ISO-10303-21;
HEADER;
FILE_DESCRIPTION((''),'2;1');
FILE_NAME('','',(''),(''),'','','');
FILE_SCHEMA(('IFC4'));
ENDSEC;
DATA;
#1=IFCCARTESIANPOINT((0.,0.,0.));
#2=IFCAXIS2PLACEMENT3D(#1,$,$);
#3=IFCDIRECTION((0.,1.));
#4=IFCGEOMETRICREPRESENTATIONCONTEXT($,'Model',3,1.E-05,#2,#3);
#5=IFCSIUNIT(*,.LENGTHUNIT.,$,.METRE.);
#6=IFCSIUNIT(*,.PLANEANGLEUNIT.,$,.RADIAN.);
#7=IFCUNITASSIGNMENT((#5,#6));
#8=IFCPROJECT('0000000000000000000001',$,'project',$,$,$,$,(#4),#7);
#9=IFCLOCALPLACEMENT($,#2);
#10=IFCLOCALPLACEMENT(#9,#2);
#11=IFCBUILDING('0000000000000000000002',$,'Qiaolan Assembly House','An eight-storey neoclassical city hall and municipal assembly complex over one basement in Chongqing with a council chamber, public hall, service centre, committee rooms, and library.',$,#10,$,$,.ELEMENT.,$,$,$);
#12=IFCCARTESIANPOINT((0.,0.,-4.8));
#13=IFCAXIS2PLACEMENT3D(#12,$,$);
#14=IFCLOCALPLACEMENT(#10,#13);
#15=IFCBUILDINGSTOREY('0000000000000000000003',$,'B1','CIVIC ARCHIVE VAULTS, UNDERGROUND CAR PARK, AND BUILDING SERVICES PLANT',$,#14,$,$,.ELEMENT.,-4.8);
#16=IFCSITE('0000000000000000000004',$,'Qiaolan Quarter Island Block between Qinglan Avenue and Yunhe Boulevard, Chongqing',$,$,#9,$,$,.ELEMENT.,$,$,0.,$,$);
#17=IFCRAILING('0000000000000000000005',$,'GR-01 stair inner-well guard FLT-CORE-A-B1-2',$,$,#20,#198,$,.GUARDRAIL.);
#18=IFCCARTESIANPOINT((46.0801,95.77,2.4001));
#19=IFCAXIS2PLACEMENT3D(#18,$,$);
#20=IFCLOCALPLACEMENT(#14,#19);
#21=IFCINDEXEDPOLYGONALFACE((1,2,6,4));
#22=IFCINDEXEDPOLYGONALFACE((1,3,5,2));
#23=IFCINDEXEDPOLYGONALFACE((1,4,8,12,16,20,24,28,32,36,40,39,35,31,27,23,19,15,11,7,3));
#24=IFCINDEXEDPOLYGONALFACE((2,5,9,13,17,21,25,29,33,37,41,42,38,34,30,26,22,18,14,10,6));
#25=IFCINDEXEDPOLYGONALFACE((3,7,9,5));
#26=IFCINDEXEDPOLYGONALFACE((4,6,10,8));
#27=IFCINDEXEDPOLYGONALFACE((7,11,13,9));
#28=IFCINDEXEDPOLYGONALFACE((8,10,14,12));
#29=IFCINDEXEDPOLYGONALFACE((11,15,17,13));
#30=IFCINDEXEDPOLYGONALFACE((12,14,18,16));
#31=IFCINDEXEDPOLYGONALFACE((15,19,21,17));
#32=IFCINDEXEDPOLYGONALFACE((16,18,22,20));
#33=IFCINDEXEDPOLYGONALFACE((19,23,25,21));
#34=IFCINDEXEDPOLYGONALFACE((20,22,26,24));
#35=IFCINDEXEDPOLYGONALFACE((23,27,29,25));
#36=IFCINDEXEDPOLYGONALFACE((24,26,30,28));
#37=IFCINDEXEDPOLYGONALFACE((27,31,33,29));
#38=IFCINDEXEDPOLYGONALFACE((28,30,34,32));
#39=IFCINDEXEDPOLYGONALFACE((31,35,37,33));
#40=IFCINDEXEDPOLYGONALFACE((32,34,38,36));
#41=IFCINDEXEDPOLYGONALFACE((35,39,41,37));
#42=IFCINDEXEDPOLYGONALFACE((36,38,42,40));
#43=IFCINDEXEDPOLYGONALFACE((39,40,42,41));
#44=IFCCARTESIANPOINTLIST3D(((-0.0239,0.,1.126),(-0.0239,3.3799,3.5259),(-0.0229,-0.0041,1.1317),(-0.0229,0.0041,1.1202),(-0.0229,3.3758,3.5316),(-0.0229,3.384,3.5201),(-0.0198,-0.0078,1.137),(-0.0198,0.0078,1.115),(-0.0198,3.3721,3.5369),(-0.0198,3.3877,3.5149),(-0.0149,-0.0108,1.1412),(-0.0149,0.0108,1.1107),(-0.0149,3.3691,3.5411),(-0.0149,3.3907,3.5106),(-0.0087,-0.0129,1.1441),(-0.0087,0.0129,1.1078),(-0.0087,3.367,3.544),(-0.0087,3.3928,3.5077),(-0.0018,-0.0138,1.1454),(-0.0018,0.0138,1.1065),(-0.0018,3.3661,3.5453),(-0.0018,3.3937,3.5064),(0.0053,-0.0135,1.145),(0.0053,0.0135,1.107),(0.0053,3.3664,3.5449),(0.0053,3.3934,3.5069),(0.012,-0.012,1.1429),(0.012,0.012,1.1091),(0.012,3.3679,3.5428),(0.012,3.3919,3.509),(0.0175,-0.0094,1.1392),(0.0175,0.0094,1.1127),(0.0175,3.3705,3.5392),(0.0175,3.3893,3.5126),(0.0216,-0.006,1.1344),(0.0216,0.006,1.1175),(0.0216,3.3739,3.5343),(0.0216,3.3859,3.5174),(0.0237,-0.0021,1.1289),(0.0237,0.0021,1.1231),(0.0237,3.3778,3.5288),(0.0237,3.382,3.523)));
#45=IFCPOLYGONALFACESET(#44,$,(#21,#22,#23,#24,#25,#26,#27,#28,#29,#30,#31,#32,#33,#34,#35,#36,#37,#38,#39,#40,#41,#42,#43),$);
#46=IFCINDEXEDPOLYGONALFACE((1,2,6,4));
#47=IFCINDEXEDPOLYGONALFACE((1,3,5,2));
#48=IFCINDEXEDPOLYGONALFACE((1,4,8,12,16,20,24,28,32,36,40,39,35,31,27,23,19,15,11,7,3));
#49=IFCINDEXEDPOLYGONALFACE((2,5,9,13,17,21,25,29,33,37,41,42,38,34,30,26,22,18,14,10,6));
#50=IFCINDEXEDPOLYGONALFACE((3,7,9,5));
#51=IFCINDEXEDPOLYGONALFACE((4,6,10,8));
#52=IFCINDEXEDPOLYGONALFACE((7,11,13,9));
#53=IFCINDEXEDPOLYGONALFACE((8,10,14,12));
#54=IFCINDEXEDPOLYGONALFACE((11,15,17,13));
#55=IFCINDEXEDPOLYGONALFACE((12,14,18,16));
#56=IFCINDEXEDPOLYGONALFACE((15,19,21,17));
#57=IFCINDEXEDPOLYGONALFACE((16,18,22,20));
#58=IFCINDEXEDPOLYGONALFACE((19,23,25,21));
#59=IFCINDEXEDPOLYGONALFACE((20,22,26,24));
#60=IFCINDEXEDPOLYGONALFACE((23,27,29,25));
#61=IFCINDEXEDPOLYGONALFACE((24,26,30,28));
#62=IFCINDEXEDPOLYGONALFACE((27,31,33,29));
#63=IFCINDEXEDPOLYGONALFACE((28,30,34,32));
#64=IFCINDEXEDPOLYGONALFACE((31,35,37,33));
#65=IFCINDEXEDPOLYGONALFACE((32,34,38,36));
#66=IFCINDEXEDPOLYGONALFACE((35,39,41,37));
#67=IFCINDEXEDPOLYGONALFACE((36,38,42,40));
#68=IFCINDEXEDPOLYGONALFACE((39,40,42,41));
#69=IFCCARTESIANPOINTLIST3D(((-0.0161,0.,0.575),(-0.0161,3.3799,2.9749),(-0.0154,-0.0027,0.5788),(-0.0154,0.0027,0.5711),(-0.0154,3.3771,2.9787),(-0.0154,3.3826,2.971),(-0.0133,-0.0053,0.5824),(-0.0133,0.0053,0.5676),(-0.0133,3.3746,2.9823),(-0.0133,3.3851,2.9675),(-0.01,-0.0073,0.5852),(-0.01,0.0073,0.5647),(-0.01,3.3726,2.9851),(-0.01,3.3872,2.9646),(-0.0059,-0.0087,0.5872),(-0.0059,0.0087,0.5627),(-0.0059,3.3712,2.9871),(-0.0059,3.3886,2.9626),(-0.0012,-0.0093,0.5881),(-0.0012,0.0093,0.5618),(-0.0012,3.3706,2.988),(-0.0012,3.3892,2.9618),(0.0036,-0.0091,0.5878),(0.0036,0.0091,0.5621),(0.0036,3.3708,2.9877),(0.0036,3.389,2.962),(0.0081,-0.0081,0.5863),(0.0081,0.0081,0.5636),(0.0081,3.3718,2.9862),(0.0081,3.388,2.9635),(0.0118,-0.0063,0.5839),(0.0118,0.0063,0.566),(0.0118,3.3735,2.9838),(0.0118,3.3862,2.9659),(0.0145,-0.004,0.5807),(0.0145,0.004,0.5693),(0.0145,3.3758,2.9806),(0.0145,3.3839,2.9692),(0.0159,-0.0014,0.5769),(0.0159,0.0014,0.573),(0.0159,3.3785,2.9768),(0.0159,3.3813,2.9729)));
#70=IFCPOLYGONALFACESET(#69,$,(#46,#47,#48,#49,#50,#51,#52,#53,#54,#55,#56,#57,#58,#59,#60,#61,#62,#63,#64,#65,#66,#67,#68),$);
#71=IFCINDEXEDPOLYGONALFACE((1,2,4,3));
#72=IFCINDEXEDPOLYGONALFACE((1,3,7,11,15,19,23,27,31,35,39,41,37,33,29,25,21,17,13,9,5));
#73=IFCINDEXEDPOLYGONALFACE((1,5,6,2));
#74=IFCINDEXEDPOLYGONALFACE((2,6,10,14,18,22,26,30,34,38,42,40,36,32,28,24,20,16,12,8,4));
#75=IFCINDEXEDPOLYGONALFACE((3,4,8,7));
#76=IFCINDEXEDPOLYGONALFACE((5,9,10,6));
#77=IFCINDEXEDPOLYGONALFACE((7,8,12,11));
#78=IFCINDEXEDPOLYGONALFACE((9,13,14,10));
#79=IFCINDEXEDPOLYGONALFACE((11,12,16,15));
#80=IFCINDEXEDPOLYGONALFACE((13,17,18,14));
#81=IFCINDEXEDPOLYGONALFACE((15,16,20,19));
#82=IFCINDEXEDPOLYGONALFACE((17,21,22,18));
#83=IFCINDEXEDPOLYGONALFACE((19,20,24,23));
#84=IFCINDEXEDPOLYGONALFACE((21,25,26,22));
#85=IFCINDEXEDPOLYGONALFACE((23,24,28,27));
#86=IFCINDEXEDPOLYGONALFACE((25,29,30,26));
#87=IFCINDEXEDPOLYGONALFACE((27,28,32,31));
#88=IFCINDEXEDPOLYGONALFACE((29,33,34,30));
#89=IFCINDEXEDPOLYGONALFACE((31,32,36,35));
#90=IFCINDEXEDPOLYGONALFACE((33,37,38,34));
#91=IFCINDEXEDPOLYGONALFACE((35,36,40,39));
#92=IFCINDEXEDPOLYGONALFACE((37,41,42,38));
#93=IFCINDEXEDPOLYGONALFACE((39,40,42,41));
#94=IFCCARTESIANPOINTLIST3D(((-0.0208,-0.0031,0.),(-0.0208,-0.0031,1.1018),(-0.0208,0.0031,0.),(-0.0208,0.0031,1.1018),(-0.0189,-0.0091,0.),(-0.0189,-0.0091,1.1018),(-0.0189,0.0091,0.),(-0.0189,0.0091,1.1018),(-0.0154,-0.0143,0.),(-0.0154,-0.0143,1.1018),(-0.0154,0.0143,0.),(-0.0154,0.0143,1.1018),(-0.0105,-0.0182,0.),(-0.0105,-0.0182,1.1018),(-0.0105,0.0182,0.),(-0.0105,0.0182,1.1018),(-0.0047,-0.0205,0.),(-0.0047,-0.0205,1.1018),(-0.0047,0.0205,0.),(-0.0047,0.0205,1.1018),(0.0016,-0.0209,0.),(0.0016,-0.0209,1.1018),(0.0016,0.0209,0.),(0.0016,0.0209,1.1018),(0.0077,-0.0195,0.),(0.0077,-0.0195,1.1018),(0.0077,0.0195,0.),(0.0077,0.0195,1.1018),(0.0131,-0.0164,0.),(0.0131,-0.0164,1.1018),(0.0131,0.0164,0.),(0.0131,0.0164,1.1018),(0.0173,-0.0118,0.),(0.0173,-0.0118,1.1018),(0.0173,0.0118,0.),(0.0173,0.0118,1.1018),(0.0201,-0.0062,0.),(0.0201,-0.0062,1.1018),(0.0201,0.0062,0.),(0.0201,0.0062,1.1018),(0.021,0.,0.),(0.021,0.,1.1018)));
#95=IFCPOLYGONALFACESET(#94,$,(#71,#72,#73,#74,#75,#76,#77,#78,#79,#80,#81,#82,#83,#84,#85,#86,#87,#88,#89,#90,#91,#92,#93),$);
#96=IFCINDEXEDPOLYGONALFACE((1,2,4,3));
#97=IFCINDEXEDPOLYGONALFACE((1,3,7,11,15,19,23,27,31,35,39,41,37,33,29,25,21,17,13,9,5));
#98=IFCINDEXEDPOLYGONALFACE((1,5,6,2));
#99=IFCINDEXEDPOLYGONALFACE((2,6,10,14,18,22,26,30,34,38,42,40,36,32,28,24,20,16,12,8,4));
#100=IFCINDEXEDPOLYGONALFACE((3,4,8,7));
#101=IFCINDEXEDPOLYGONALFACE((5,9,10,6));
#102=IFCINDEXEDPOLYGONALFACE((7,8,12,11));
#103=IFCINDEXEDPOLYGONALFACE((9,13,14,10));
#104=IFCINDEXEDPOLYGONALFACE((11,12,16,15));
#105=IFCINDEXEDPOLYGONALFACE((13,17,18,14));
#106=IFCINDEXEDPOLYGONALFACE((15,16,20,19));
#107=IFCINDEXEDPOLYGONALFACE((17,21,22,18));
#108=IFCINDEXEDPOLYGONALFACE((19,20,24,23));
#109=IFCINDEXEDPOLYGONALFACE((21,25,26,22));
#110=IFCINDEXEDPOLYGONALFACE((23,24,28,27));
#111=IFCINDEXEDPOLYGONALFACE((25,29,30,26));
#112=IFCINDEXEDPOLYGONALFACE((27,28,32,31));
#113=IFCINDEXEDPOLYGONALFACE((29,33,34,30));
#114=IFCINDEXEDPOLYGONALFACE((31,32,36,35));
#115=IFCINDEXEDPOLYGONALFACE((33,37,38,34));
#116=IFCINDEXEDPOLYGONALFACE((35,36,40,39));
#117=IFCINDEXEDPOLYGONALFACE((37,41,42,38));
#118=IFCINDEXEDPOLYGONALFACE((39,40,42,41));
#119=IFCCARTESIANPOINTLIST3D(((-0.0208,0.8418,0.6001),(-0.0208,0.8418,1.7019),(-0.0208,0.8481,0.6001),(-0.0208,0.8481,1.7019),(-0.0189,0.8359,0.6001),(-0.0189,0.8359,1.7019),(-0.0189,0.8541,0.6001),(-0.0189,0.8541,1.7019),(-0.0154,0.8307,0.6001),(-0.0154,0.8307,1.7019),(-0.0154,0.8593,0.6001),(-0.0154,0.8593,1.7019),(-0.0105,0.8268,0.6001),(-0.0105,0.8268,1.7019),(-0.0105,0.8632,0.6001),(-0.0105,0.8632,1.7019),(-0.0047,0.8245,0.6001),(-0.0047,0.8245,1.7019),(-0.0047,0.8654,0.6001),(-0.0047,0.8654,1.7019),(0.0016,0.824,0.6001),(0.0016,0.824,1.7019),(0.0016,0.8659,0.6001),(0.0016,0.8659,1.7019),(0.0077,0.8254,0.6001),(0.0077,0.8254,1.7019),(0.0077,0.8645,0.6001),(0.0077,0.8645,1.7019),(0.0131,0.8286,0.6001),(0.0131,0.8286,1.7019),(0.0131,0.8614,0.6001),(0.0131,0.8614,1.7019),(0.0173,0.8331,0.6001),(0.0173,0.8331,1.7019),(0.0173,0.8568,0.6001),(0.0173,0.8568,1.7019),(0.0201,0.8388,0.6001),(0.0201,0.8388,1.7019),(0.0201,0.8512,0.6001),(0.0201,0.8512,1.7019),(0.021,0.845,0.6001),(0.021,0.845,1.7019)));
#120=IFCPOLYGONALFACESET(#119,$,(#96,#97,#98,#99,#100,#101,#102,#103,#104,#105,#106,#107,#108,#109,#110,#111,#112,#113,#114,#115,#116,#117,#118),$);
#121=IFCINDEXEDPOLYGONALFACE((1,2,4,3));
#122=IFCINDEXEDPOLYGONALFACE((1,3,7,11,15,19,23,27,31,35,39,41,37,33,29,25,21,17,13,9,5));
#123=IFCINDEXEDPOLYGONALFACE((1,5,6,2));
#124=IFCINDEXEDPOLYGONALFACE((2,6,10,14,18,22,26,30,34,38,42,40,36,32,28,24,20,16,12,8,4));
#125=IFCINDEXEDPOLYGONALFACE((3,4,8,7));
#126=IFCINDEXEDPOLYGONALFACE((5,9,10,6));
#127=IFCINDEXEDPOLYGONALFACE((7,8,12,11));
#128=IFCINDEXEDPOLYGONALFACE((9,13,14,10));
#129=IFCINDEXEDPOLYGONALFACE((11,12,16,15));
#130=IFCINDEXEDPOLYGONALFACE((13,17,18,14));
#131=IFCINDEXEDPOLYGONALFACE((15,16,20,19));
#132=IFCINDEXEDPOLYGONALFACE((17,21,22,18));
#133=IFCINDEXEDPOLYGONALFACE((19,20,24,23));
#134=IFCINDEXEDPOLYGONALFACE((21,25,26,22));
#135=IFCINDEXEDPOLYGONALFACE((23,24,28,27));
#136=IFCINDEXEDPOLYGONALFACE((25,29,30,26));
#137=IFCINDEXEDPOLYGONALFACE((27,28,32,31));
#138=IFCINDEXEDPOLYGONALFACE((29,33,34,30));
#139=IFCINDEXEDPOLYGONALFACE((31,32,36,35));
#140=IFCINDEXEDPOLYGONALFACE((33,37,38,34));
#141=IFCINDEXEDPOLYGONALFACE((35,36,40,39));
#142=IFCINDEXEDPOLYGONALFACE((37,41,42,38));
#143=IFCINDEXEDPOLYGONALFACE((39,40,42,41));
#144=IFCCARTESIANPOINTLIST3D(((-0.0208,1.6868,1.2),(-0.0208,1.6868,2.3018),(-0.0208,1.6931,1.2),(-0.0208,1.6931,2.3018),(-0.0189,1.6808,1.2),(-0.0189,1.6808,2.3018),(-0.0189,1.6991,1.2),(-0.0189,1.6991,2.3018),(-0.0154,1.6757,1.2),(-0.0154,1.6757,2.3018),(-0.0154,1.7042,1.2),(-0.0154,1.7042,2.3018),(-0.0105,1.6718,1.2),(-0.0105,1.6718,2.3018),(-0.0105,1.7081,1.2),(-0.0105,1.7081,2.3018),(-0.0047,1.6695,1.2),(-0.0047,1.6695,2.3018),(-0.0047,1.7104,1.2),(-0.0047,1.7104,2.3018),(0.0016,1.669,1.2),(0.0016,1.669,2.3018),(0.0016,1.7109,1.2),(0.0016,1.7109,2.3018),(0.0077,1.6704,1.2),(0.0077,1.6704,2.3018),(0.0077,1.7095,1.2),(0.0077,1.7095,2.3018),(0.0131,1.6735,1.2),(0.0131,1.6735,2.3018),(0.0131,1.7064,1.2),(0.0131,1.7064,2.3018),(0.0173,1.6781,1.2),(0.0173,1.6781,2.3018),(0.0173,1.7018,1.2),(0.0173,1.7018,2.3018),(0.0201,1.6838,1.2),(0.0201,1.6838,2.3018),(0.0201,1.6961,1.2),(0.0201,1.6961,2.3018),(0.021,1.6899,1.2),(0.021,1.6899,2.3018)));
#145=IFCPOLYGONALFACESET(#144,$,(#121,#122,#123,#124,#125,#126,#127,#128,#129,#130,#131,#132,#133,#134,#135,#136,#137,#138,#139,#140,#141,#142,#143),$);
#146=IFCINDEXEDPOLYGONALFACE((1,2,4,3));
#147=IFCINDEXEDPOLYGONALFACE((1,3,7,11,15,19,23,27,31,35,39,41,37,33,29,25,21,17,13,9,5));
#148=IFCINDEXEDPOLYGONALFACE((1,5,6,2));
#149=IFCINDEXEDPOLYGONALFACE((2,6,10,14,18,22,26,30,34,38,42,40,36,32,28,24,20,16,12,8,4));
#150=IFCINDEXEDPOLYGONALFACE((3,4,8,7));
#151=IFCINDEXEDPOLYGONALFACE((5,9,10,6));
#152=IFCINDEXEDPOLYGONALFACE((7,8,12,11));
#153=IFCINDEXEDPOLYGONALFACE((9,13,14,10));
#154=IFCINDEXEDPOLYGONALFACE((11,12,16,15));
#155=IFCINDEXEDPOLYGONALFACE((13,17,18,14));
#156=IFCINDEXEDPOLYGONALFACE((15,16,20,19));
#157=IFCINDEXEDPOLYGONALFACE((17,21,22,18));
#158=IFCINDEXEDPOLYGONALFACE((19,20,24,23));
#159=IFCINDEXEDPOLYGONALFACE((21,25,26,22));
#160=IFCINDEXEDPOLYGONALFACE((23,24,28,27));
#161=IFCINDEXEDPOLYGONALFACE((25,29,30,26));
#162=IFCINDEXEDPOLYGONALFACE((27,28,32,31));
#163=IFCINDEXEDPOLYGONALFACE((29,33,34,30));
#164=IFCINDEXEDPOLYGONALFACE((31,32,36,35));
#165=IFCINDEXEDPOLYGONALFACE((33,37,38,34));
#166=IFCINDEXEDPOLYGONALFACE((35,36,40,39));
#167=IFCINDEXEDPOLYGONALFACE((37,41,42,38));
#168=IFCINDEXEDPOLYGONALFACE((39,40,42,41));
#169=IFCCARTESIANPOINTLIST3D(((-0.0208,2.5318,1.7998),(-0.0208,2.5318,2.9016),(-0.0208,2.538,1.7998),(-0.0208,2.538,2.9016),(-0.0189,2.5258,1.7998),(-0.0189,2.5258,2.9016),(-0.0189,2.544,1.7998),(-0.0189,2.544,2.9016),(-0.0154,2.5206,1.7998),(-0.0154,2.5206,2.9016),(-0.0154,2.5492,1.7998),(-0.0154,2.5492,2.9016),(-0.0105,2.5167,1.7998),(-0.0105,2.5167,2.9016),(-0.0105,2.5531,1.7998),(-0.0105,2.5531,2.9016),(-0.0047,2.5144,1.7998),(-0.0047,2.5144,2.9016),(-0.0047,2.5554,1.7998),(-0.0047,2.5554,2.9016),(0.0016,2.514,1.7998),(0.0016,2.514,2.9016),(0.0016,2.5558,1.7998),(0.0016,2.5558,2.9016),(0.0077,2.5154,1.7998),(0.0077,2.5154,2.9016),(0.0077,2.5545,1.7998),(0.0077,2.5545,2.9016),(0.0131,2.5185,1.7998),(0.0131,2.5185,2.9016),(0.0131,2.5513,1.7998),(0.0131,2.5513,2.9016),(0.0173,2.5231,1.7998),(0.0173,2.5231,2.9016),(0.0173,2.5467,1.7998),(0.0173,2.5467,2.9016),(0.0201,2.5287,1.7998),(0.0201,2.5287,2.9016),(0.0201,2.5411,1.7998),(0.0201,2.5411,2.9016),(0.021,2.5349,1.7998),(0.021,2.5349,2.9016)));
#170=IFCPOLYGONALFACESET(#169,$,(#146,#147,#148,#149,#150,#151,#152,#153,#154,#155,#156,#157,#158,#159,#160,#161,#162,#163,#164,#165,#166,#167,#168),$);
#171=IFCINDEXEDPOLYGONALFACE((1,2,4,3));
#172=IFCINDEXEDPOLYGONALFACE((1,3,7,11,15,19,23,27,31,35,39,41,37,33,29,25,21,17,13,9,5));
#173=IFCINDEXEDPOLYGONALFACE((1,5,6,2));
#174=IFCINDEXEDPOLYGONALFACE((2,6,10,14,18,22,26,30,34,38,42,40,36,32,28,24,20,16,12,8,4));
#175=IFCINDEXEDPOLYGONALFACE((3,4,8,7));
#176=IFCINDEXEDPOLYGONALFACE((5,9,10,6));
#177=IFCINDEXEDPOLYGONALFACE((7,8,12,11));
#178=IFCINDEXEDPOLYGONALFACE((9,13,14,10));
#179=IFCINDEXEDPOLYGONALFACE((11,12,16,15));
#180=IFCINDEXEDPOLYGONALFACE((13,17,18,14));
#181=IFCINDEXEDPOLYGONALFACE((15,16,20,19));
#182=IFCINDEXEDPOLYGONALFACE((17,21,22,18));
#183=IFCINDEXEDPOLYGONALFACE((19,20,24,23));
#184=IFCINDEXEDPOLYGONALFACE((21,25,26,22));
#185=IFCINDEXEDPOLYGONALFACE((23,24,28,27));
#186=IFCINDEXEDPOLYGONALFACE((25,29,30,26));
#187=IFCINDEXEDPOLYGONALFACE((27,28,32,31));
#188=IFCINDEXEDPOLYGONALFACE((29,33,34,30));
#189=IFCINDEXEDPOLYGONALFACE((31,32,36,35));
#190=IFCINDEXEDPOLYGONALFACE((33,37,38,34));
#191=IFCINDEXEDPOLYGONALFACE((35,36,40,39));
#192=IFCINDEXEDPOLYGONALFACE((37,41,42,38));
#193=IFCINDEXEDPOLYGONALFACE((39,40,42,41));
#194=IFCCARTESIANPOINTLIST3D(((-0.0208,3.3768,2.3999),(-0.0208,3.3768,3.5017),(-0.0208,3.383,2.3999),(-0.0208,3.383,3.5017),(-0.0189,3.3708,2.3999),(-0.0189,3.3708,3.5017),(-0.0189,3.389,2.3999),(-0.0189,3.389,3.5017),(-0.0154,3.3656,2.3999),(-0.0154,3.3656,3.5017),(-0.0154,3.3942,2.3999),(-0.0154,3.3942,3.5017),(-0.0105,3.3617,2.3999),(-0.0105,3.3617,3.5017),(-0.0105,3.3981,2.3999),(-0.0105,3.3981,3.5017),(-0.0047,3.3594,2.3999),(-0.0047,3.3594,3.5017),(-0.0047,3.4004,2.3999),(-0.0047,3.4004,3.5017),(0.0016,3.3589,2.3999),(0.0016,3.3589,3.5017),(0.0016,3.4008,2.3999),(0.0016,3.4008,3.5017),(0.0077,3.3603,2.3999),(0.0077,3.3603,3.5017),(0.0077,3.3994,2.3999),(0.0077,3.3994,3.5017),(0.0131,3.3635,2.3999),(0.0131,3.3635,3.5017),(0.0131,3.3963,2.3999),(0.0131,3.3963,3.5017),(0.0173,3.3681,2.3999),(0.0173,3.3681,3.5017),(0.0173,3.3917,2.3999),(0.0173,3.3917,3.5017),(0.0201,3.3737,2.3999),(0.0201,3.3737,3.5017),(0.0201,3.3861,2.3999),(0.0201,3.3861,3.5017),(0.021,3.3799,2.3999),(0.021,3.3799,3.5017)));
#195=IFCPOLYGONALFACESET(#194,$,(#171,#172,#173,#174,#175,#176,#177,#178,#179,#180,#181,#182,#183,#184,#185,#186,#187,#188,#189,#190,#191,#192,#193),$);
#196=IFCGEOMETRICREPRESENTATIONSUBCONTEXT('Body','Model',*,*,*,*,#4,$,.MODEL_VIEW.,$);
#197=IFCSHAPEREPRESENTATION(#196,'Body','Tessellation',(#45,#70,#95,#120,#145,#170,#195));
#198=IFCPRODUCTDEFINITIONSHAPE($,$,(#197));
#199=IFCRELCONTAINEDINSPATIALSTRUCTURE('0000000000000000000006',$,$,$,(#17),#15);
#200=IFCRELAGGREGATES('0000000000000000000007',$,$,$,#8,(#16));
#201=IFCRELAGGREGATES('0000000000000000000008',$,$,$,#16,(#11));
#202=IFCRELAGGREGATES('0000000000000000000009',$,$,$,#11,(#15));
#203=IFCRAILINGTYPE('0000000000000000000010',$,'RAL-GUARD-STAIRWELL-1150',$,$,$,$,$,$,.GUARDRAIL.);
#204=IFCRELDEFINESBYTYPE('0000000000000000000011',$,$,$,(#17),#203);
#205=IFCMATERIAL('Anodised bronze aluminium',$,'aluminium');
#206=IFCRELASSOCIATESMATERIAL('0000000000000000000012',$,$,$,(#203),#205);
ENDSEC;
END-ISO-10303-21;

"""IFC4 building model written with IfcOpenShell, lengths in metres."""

from ifc_helpers import new_model, si_unit, direction, frame, origin, origin_2d, place, context, subcontext, project, spatial, circle, extrude, material, type_object, element, save


model = new_model("IFC4")

# Units and contexts
model_context = context("Model", 3, precision=1e-05, world=origin(), true_north=direction((0.0, 1.0)))
body_context = subcontext(model_context, "Body", "Model", "MODEL_VIEW")
ifc_project = project(units=[si_unit("LENGTHUNIT", "METRE"), si_unit("PLANEANGLEUNIT", "RADIAN")], contexts=[model_context])

# Site, building, storey
site_placement = place(None, origin())
site = spatial("IfcSite", under=ifc_project, at=site_placement, Name="Qiaolan Quarter Island Block between Qinglan Avenue and Yunhe Boulevard, Chongqing", CompositionType="ELEMENT", RefElevation=0.0)
building_placement = place(site_placement, origin())
building = spatial("IfcBuilding", under=site, at=building_placement, Name="Qiaolan Assembly House", Description="An eight-storey neoclassical city hall and municipal assembly complex over one basement in Chongqing with a council chamber, public hall, service centre, committee rooms, and library.", CompositionType="ELEMENT")
storey_placement = place(building_placement, frame((0.0, 0.0, -4.8)))
storey = spatial("IfcBuildingStorey", under=building, at=storey_placement, Name="B1", Description="CIVIC ARCHIVE VAULTS, UNDERGROUND CAR PARK, AND BUILDING SERVICES PLANT", CompositionType="ELEMENT", Elevation=-4.8)

# Railing
ifc_material_1 = material(Name="Anodised bronze aluminium", Category="aluminium")
railing_type_1 = type_object("IfcRailingType", Name="RAL-GUARD-STAIRWELL-1150", PredefinedType="GUARDRAIL", material=ifc_material_1)
railing_1_placement = place(storey_placement, frame((46.0801, 95.77, 2.4001)))
element("IfcRailing", 1, at=railing_1_placement, inside=storey, type_object=railing_type_1, Name="GR-01 stair inner-well guard FLT-CORE-A-B1-2", PredefinedType="GUARDRAIL", context=body_context, shape_type="SweptSolid", body=[
    extrude(circle(Radius=0.0239, at=origin_2d()), frame((0.0, 0.0, 1.126), z_axis=(0.0, 0.815362, 0.578952), x_axis=(-1.0, 0.0, 0.0)), (0.0, 0.0, 1.0), 4.1453),
    extrude(circle(Radius=0.0161, at=origin_2d()), frame((0.0, 0.0, 0.575), z_axis=(0.0, 0.815362, 0.578952), x_axis=(-1.0, 0.0, 0.0)), (0.0, 0.0, 1.0), 4.1453),
    extrude(circle(Radius=0.021, at=origin_2d()), origin(), (0.0, 0.0, 1.0), 1.1018),
    extrude(circle(Radius=0.021, at=origin_2d()), frame((0.0, 0.845, 0.6001)), (0.0, 0.0, 1.0), 1.1018),
    extrude(circle(Radius=0.021, at=origin_2d()), frame((0.0, 1.6899, 1.2)), (0.0, 0.0, 1.0), 1.1018),
    extrude(circle(Radius=0.021, at=origin_2d()), frame((0.0, 2.5349, 1.7998)), (0.0, 0.0, 1.0), 1.1018),
    extrude(circle(Radius=0.021, at=origin_2d()), frame((0.0, 3.3799, 2.3999)), (0.0, 0.0, 1.0), 1.1018),
])

save(model, "model.ifc")
